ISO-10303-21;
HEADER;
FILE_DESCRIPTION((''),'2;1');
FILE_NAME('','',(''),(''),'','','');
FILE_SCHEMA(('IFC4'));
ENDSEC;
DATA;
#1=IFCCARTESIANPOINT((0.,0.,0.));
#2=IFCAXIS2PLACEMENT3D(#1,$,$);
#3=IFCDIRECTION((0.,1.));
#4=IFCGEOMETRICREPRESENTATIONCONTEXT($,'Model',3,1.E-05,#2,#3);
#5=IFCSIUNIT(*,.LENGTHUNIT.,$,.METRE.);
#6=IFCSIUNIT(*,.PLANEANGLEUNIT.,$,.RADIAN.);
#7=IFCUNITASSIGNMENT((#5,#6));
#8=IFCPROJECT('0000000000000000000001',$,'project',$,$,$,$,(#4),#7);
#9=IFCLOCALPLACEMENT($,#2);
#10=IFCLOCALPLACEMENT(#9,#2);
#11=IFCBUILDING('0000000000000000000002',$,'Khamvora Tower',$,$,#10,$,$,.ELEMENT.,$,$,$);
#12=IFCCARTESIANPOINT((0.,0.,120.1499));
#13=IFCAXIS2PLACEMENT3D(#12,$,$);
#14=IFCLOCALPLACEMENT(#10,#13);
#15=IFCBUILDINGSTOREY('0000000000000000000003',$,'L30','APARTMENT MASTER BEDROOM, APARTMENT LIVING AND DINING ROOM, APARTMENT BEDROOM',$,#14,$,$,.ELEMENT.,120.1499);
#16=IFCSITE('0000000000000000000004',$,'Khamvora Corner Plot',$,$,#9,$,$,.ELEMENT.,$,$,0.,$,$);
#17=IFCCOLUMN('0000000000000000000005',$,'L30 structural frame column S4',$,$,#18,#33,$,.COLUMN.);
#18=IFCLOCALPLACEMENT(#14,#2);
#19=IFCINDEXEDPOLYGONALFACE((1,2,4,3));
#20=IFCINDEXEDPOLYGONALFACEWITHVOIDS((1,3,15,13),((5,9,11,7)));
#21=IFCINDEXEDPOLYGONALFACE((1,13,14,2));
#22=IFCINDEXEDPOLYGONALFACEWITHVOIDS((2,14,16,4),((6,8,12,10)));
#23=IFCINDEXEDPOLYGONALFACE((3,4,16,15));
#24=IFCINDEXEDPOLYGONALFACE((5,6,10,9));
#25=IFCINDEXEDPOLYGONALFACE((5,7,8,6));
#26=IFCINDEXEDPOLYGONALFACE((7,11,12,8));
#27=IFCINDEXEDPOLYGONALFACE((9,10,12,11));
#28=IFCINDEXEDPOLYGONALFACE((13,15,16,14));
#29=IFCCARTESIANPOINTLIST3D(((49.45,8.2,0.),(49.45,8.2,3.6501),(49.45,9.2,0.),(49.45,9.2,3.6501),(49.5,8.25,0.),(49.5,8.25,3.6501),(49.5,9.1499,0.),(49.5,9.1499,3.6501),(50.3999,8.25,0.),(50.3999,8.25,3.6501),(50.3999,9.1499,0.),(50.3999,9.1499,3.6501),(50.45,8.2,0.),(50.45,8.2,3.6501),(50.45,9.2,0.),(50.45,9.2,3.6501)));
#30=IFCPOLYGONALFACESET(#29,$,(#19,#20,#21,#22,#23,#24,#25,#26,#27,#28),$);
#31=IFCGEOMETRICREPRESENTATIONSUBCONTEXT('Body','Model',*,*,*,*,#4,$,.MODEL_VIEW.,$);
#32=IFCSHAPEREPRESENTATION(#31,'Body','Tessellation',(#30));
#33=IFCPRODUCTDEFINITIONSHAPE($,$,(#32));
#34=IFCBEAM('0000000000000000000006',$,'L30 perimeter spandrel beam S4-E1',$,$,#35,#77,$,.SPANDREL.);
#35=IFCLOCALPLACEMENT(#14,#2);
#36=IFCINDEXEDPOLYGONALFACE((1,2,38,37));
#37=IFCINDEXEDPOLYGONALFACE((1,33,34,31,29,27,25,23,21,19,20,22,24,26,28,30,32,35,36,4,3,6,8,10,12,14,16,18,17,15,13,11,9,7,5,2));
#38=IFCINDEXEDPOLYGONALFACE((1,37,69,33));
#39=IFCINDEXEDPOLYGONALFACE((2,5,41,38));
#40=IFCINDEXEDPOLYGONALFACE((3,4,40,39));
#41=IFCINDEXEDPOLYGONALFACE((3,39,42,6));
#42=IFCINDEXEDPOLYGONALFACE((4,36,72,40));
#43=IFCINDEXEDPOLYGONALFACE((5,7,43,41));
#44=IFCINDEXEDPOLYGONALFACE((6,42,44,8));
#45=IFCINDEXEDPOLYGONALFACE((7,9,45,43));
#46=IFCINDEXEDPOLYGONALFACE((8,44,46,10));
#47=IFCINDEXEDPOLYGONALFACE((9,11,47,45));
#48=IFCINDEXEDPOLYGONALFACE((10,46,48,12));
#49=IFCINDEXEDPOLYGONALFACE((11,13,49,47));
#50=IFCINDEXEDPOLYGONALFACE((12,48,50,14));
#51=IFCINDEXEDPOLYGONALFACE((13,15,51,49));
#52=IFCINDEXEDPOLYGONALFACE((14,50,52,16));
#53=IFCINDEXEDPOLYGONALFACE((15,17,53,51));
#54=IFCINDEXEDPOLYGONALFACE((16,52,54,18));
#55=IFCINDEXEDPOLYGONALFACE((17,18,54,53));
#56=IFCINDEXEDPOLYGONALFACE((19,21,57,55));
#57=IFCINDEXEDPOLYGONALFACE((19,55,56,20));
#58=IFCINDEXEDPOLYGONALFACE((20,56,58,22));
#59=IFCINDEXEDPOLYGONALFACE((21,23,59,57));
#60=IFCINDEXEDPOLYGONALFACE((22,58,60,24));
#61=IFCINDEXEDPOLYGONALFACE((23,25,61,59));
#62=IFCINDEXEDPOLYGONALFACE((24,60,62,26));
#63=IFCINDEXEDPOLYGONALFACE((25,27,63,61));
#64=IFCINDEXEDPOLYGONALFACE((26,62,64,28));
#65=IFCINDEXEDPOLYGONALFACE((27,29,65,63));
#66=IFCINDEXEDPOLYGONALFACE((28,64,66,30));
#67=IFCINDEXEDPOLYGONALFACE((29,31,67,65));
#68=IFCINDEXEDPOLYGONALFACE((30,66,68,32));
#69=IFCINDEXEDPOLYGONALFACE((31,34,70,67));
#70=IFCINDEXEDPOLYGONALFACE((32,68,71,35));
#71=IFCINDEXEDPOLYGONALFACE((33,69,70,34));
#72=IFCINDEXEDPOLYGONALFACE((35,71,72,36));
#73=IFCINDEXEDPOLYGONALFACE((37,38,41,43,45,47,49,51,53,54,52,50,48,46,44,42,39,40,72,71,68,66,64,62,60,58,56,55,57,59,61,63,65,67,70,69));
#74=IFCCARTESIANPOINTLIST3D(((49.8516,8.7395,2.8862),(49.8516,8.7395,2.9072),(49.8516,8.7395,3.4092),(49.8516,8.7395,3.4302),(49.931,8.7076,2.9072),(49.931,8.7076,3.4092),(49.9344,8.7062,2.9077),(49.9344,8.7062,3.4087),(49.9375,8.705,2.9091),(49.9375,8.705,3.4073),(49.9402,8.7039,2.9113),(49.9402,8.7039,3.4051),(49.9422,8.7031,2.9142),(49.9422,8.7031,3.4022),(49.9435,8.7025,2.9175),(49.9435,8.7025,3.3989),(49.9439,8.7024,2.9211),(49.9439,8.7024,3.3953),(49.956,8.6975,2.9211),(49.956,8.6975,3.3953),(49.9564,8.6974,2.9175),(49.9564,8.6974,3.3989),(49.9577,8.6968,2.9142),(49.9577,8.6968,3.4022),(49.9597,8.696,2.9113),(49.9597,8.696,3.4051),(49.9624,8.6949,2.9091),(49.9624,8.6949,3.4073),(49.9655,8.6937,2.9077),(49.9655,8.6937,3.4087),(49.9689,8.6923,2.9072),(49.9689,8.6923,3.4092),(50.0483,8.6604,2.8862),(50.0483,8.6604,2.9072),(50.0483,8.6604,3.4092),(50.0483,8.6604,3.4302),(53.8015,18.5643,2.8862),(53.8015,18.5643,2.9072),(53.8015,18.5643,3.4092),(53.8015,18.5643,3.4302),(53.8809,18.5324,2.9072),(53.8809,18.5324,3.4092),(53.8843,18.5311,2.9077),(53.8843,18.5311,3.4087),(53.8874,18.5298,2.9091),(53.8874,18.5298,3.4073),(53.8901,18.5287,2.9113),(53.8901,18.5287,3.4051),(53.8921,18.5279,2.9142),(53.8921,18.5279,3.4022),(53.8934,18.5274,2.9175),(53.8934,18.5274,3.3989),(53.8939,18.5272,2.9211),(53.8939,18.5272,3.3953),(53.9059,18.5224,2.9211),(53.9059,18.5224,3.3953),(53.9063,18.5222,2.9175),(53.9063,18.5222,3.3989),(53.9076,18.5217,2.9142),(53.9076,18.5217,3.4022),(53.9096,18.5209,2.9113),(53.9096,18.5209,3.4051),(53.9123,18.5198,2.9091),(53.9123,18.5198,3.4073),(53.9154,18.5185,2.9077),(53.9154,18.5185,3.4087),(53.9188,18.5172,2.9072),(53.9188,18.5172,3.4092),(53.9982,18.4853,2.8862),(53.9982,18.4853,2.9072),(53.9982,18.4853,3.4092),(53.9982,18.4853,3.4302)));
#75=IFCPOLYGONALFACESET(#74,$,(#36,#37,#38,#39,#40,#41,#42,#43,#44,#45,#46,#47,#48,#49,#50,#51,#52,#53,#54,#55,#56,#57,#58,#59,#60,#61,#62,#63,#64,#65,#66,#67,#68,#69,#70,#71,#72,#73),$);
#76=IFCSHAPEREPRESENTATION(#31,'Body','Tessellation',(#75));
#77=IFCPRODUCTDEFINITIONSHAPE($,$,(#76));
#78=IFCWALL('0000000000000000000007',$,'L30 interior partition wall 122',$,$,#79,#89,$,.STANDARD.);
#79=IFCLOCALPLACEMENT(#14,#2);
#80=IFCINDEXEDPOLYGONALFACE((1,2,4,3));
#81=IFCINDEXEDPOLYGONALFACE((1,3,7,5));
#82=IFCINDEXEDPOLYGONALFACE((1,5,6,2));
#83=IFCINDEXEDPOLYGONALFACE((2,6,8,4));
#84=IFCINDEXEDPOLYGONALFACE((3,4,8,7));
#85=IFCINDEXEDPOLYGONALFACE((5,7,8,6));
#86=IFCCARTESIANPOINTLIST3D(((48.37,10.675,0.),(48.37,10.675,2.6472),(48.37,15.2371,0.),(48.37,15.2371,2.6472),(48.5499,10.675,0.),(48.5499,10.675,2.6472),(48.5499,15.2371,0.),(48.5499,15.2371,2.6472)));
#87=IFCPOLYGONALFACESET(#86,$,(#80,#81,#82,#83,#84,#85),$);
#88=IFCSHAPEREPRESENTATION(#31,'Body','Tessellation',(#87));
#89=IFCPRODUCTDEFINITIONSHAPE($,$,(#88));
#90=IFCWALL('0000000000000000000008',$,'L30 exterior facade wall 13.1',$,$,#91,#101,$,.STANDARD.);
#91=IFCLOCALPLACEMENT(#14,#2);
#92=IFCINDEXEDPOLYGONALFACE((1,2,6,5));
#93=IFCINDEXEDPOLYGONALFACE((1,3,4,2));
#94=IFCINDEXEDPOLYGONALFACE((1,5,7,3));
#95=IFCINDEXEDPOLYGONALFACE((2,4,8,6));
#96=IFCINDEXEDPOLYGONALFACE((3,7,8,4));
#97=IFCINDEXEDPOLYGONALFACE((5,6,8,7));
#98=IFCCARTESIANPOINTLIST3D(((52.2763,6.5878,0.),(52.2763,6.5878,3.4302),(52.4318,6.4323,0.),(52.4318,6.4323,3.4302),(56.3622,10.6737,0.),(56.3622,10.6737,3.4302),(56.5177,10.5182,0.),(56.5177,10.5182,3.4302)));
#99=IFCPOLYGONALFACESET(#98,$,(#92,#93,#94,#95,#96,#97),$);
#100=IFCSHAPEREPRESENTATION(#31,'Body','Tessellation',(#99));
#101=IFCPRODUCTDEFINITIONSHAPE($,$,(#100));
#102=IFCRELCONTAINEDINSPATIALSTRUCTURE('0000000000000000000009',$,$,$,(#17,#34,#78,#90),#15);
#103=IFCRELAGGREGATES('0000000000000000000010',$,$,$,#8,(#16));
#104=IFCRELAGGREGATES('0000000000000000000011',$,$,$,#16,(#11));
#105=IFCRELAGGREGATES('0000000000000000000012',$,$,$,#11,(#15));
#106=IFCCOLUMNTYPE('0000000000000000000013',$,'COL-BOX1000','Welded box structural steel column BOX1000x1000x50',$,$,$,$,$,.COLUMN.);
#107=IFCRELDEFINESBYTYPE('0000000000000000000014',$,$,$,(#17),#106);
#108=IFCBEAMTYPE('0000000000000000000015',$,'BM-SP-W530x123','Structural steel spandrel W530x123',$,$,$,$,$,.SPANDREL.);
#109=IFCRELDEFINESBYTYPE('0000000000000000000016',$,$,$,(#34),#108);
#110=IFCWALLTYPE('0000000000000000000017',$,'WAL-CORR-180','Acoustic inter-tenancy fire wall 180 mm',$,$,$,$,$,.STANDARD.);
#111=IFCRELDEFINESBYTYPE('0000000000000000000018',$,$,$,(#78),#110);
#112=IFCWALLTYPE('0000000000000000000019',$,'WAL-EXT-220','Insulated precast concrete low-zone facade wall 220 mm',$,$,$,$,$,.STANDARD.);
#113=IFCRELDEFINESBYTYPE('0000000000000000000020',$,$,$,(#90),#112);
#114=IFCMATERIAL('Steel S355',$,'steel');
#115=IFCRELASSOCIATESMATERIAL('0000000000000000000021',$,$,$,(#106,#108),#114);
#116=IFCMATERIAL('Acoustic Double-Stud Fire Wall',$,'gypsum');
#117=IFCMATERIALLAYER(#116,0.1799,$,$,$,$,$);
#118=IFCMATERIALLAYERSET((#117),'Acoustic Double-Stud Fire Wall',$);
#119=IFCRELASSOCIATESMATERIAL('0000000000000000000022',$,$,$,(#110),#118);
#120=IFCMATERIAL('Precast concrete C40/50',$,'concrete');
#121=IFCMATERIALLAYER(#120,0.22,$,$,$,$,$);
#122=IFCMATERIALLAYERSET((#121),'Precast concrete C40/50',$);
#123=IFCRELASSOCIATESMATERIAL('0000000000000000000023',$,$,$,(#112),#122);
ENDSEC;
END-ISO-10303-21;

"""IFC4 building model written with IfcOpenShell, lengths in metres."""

from ifc_helpers import new_model, si_unit, direction, frame, frame_2d, origin, origin_2d, place, context, subcontext, project, spatial, rectangle, hollow_rectangle, i_section, extrude, material, layer, layer_set, material_profile, profile_set, type_object, element, save


model = new_model("IFC4")

# Units and contexts
model_context = context("Model", 3, precision=1e-05, world=origin(), true_north=direction((0.0, 1.0)))
body_context = subcontext(model_context, "Body", "Model", "MODEL_VIEW")
ifc_project = project(units=[si_unit("LENGTHUNIT", "METRE"), si_unit("PLANEANGLEUNIT", "RADIAN")], contexts=[model_context])

# Site, building, storey
site_placement = place(None, origin())
site = spatial("IfcSite", under=ifc_project, at=site_placement, Name="Khamvora Corner Plot", CompositionType="ELEMENT", RefElevation=0.0)
building_placement = place(site_placement, origin())
building = spatial("IfcBuilding", under=site, at=building_placement, Name="Khamvora Tower", CompositionType="ELEMENT")
storey_placement = place(building_placement, frame((0.0, 0.0, 120.1499)))
storey = spatial("IfcBuildingStorey", under=building, at=storey_placement, Name="L30", Description="APARTMENT MASTER BEDROOM, APARTMENT LIVING AND DINING ROOM, APARTMENT BEDROOM", CompositionType="ELEMENT", Elevation=120.1499)

# Column
ifc_material_1 = material(Name="Steel S355", Category="steel")
ifc_material_profile_1 = material_profile(ifc_material_1, hollow_rectangle(XDim=1.0, YDim=1.0, WallThickness=0.05, at=origin_2d()), Name="BOX1000x1000x50")
ifc_profile_set_1 = profile_set([ifc_material_profile_1], Name="Steel S355")
column_type = type_object("IfcColumnType", Name="COL-BOX1000", Description="Welded box structural steel column BOX1000x1000x50", PredefinedType="COLUMN", material=ifc_profile_set_1)
column_placement = place(storey_placement, frame((49.95, 8.7, 0.0), z_axis=(0.0, 0.0, 1.0), x_axis=(1.0, 0.0, 0.0)))
element("IfcColumn", 1, at=column_placement, inside=storey, type_object=column_type, Name="L30 structural frame column S4", PredefinedType="COLUMN", context=body_context, shape_type="SweptSolid", body=[
    extrude(hollow_rectangle(XDim=1.0, YDim=1.0, WallThickness=0.05, at=origin_2d()), origin(), (0.0, 0.0, 1.0), 3.6501),
])

# Beam
ifc_material_profile_2 = material_profile(ifc_material_1, i_section(OverallWidth=0.2119, OverallDepth=0.5439, WebThickness=0.0129, FlangeThickness=0.021, FilletRadius=0.0139, at=origin_2d()), Name="W530x123")
ifc_profile_set_2 = profile_set([ifc_material_profile_2], Name="Steel S355")
beam_type = type_object("IfcBeamType", Name="BM-SP-W530x123", Description="Structural steel spandrel W530x123", PredefinedType="SPANDREL", material=ifc_profile_set_2)
beam_placement = place(storey_placement, frame((49.95, 8.7, 3.1582), z_axis=(0.373016, 0.927825, 0.0), x_axis=(-0.927825, 0.373016, 0.0)))
element("IfcBeam", 2, at=beam_placement, inside=storey, type_object=beam_type, Name="L30 perimeter spandrel beam S4-E1", PredefinedType="SPANDREL", context=body_context, shape_type="SweptSolid", body=[
    extrude(i_section(OverallWidth=0.2119, OverallDepth=0.5439, WebThickness=0.0129, FlangeThickness=0.021, FilletRadius=0.0139, at=origin_2d()), origin(), (0.0, 0.0, 1.0), 10.5891),
])

# Walls
ifc_material_2 = material(Name="Acoustic Double-Stud Fire Wall", Category="gypsum")
ifc_layer_1 = layer(ifc_material_2, 0.1799)
ifc_layer_set_1 = layer_set([ifc_layer_1], Name="Acoustic Double-Stud Fire Wall")
wall_type_1 = type_object("IfcWallType", Name="WAL-CORR-180", Description="Acoustic inter-tenancy fire wall 180 mm", PredefinedType="STANDARD", material=ifc_layer_set_1)
wall_1_placement = place(storey_placement, frame((48.46, 15.2371, 0.0), z_axis=(0.0, 0.0, 1.0), x_axis=(0.0, -1.0, 0.0)))
element("IfcWall", 3, at=wall_1_placement, inside=storey, type_object=wall_type_1, Name="L30 interior partition wall 122", PredefinedType="STANDARD", context=body_context, shape_type="SweptSolid", body=[
    extrude(rectangle(XDim=4.562, YDim=0.1799, at=frame_2d((2.281, 0.0))), origin(), (0.0, 0.0, 1.0), 2.6472),
])
ifc_material_3 = material(Name="Precast concrete C40/50", Category="concrete")
ifc_layer_2 = layer(ifc_material_3, 0.22)
ifc_layer_set_2 = layer_set([ifc_layer_2], Name="Precast concrete C40/50")
wall_type_2 = type_object("IfcWallType", Name="WAL-EXT-220", Description="Insulated precast concrete low-zone facade wall 220 mm", PredefinedType="STANDARD", material=ifc_layer_set_2)
wall_2_placement = place(storey_placement, frame((56.4399, 10.5959, 0.0), z_axis=(0.0, 0.0, 1.0), x_axis=(-0.707107, -0.707107, 0.0)))
element("IfcWall", 4, at=wall_2_placement, inside=storey, type_object=wall_type_2, Name="L30 exterior facade wall 13.1", PredefinedType="STANDARD", context=body_context, shape_type="SweptSolid", body=[
    extrude(rectangle(XDim=5.7783, YDim=0.22, at=frame_2d((2.8892, 0.0))), origin(), (0.0, 0.0, 1.0), 3.4302),
])

save(model, "model.ifc")
